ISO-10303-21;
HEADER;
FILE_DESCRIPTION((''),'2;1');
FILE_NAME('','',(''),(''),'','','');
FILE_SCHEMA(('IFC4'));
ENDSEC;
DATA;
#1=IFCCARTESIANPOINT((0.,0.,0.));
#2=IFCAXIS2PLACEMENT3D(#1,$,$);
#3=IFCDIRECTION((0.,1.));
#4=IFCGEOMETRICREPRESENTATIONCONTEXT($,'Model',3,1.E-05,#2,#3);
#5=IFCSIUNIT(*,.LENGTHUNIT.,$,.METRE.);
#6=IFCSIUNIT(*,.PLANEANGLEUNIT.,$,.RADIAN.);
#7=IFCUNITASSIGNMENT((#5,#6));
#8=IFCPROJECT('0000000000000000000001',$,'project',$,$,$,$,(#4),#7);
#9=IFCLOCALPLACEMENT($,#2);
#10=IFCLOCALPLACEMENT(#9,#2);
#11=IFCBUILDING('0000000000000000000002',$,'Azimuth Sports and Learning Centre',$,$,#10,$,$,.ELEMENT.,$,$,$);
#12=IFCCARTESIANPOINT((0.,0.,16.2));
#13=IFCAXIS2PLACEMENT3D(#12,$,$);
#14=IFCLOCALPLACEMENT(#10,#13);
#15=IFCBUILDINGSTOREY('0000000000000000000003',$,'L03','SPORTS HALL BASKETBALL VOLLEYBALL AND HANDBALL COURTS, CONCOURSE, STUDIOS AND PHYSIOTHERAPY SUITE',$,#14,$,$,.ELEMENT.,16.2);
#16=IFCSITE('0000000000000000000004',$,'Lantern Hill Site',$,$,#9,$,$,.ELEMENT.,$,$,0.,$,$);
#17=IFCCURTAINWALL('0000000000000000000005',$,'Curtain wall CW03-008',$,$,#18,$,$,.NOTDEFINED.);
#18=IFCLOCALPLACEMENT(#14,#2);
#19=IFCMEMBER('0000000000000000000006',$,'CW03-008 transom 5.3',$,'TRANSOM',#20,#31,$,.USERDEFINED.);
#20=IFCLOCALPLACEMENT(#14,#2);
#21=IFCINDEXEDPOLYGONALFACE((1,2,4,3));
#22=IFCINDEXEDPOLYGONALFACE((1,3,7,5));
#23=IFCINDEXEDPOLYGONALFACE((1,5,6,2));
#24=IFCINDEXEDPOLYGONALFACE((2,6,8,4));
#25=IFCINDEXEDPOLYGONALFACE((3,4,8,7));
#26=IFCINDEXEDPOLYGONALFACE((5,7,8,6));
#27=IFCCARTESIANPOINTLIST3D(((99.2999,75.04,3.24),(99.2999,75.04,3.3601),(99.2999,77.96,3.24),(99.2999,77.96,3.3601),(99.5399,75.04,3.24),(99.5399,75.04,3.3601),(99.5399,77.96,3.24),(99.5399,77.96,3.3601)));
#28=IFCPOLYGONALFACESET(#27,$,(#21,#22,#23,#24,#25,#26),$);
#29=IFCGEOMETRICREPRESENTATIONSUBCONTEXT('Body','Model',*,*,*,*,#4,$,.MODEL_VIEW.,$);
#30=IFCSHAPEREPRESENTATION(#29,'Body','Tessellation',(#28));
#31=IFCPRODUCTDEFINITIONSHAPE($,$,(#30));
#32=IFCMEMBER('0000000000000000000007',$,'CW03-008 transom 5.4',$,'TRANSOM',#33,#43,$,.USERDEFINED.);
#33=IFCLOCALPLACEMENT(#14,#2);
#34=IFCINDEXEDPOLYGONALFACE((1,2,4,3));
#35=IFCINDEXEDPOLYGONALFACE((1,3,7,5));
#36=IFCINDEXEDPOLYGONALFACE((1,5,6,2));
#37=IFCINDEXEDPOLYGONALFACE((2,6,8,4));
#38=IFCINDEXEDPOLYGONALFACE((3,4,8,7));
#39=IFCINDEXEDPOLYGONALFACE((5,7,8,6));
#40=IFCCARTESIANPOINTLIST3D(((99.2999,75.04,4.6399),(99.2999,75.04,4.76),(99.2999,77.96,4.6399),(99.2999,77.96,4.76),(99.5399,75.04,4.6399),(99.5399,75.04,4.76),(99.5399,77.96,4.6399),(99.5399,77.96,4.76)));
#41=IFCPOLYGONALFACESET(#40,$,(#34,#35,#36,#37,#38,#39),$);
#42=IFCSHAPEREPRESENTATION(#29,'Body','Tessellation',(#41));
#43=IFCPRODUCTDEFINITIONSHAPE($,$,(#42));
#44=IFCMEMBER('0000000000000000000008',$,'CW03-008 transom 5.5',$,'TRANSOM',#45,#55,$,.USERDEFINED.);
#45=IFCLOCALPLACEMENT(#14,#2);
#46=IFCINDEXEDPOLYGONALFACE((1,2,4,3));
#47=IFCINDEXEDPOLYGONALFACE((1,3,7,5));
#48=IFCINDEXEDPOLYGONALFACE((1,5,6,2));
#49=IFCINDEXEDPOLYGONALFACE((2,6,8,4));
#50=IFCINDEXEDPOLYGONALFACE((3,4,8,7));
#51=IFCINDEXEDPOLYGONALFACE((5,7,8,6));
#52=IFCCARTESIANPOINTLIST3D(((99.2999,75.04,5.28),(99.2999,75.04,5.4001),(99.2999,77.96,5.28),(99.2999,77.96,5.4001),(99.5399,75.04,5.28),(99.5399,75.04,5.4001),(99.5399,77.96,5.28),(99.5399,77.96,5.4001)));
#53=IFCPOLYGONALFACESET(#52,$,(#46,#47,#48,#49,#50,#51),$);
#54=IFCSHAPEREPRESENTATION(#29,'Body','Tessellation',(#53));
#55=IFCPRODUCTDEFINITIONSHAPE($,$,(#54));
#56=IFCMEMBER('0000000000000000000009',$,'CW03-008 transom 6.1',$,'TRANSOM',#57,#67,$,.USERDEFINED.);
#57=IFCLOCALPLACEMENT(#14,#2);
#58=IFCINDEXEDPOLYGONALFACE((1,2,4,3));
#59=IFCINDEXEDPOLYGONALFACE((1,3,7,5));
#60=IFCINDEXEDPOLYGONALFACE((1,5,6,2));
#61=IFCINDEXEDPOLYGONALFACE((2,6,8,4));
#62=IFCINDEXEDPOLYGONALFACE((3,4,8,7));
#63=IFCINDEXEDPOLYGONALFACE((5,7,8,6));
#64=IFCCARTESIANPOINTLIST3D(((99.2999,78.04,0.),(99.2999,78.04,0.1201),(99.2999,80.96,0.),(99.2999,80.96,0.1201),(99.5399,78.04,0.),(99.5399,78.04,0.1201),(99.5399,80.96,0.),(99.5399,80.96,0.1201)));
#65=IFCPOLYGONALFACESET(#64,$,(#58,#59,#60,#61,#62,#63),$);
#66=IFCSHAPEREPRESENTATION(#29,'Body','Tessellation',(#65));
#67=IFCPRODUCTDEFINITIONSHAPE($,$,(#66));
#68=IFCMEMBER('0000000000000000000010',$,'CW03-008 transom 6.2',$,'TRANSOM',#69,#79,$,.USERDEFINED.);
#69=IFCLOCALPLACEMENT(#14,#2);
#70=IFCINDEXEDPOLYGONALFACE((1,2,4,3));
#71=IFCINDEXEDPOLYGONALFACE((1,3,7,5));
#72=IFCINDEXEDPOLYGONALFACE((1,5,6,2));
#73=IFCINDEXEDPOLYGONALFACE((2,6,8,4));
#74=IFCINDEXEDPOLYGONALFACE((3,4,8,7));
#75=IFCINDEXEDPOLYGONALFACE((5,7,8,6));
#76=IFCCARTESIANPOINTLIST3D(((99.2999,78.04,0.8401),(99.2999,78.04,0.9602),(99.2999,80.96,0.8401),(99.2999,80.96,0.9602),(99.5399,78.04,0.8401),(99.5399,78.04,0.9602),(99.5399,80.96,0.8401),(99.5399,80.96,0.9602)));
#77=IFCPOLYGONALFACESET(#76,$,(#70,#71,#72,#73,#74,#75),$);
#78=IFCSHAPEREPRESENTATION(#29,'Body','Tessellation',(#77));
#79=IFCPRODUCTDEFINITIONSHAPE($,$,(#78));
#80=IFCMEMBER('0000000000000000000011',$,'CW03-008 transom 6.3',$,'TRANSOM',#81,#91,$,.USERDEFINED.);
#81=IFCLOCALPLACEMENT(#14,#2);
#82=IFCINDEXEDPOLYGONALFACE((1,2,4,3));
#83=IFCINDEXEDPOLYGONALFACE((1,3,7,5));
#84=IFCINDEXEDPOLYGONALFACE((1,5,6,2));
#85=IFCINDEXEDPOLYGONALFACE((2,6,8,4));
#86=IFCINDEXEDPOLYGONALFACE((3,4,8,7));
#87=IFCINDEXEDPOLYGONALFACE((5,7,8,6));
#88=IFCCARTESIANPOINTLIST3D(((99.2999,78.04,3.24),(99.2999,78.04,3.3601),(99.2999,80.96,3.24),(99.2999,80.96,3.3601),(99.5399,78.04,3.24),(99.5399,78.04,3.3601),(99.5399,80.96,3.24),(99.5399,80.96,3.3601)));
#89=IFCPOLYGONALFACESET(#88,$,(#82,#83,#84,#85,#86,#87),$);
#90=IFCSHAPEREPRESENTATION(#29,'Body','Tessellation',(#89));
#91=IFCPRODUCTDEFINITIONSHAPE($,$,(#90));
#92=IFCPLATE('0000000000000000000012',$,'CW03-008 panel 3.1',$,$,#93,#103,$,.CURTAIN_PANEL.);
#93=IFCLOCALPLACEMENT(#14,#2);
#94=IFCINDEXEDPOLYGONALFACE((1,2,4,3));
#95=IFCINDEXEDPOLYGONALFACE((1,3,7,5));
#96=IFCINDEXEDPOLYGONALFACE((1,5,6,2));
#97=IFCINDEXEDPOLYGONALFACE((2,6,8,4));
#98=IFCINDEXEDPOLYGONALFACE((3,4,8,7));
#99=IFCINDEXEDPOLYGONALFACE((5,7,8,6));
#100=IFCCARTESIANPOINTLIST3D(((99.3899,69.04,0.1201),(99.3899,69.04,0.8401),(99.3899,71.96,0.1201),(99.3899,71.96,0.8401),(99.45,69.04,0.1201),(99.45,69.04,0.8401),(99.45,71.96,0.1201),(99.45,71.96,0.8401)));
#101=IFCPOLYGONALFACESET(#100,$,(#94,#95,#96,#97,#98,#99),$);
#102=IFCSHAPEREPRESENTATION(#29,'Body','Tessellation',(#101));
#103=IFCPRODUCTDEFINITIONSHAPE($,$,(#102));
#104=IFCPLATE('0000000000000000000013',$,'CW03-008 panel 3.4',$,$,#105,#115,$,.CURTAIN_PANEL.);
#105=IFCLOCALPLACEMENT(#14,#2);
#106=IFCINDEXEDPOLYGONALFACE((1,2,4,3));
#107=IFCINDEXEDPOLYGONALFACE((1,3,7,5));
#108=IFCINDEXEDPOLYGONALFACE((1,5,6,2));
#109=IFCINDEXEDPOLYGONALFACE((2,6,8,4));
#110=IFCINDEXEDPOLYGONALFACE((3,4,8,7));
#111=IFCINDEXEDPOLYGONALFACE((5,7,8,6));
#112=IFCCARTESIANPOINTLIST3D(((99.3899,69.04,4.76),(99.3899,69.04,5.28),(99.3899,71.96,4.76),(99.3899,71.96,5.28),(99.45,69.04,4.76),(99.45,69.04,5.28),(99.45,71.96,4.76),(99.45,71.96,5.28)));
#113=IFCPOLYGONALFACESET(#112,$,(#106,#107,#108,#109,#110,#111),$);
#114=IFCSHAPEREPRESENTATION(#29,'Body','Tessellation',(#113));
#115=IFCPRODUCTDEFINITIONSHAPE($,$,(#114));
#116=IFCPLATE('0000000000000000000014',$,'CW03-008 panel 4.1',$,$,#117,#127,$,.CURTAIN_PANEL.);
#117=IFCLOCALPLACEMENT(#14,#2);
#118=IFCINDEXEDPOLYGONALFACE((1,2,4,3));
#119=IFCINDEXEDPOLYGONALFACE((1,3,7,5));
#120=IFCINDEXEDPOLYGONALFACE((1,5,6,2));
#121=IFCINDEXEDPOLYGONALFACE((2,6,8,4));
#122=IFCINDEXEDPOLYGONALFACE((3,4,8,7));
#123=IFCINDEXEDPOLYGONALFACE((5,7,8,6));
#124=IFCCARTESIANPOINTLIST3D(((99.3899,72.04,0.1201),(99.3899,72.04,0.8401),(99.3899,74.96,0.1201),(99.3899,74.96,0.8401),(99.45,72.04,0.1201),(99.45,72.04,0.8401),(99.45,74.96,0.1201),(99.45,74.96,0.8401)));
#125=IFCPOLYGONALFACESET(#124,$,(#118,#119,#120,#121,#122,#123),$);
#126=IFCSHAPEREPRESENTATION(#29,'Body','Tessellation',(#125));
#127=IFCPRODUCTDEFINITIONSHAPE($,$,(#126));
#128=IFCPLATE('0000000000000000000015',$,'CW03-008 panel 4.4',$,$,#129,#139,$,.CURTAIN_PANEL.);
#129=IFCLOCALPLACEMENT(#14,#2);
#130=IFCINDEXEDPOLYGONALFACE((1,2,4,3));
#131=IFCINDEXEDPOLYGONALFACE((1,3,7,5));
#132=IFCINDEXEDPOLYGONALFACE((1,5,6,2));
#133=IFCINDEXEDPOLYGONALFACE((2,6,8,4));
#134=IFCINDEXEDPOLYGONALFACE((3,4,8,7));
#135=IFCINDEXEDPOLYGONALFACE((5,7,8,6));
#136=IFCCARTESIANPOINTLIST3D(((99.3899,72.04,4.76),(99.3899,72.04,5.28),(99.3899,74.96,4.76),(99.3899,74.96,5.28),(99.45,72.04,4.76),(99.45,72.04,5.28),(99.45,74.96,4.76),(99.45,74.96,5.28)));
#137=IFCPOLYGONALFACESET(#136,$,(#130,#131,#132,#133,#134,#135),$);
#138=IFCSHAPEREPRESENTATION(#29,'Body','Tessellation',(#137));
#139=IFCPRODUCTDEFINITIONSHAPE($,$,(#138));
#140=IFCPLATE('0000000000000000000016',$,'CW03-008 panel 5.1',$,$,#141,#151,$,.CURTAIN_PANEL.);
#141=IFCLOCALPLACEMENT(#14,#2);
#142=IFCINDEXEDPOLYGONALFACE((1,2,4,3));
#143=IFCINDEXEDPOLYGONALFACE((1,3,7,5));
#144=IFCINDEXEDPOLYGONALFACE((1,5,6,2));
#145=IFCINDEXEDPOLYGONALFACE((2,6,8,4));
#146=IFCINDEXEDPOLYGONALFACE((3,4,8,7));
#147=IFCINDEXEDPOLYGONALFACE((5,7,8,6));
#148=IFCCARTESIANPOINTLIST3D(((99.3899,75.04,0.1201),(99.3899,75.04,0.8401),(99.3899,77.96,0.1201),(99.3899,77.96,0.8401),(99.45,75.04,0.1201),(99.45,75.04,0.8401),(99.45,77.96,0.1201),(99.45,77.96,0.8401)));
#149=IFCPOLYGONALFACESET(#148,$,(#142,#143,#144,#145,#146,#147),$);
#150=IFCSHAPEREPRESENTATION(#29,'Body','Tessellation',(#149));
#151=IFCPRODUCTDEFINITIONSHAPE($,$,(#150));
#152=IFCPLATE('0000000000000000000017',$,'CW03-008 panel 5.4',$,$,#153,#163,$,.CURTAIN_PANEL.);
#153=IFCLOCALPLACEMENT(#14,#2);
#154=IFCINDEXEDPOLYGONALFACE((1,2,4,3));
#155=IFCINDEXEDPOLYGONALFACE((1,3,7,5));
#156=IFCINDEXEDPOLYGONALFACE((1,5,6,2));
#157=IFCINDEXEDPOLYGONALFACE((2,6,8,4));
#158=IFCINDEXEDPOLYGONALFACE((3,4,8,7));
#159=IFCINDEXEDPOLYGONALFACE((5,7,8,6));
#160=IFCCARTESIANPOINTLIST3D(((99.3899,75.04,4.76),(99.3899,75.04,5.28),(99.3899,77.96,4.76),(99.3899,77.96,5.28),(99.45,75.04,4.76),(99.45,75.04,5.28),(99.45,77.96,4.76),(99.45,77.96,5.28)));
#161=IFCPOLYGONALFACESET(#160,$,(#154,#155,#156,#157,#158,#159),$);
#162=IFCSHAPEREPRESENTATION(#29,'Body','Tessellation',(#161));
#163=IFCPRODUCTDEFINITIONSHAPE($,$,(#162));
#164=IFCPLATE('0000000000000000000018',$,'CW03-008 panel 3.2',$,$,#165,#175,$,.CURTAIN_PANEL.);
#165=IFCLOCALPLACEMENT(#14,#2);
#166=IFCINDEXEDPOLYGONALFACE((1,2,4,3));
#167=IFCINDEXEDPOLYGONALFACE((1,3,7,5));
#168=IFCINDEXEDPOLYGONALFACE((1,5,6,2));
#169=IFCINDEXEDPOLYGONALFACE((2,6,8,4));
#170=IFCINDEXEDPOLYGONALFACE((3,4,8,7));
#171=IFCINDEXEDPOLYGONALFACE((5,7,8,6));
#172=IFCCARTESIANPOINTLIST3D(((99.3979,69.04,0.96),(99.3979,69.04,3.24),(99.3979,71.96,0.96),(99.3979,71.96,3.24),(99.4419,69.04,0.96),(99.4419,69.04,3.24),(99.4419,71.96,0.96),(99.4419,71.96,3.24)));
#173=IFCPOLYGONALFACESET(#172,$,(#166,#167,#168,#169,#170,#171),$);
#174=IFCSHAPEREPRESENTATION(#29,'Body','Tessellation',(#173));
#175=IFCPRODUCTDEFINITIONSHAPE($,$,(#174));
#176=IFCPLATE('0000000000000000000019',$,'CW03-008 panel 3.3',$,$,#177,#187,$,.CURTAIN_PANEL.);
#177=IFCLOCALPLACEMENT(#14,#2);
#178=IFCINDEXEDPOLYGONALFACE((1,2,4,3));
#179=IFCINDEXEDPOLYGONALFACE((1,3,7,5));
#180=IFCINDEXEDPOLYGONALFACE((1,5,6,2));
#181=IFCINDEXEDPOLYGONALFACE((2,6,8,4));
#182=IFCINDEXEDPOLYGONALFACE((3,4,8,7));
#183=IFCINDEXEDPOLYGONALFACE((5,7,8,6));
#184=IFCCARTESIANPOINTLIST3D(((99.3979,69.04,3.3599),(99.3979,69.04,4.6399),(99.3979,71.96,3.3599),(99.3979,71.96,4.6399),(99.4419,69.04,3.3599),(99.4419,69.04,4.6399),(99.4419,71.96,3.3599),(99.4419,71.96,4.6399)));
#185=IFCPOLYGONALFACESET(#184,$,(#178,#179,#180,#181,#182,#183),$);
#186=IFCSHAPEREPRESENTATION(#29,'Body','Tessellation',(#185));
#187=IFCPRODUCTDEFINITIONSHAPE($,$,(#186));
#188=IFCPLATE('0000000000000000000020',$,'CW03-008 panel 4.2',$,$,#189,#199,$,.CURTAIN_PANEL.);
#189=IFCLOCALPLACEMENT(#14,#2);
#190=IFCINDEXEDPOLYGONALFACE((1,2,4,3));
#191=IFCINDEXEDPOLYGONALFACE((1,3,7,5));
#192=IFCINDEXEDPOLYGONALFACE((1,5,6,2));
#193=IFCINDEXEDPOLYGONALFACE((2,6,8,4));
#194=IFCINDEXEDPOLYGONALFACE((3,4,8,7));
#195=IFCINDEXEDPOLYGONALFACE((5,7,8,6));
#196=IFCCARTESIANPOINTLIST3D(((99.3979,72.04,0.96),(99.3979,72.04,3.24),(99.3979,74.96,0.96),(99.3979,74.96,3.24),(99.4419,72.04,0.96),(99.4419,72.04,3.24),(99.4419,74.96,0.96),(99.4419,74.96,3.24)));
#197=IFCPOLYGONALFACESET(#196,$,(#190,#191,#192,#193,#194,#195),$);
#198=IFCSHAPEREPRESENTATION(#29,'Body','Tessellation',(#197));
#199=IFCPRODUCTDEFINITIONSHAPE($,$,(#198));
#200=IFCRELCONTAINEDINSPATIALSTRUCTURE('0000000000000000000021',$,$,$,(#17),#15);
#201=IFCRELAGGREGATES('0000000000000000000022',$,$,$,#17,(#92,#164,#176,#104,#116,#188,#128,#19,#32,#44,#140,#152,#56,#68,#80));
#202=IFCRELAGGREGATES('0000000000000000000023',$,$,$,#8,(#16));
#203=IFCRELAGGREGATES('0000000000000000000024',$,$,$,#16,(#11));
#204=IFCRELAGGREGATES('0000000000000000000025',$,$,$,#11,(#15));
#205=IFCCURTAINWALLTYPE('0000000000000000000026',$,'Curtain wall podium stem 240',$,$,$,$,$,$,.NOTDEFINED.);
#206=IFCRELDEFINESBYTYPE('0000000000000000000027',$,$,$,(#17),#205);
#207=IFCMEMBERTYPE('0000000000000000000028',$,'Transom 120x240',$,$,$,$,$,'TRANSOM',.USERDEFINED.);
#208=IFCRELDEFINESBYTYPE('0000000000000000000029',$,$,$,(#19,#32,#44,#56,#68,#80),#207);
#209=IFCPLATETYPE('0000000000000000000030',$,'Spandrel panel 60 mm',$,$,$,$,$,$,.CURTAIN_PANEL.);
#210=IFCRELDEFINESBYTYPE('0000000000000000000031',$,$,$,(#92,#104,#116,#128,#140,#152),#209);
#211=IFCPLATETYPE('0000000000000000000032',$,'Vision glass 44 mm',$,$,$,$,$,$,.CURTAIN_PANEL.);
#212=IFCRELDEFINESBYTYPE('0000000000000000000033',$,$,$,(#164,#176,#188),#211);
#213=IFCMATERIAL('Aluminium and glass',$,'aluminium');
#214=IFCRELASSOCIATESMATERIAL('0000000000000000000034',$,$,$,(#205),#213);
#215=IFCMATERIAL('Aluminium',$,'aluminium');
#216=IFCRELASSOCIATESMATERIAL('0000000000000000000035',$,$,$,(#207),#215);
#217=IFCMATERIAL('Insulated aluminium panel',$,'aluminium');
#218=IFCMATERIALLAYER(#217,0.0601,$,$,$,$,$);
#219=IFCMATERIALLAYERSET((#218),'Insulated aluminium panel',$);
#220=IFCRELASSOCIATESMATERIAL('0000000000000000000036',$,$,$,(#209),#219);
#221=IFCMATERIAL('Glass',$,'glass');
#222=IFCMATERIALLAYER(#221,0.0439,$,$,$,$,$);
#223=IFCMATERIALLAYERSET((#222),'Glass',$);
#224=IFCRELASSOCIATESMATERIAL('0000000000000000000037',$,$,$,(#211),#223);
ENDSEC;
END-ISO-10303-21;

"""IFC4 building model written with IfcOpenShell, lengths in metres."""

from ifc_helpers import new_model, si_unit, direction, frame, origin, origin_2d, place, context, subcontext, project, spatial, rectangle, extrude, material, layer, layer_set, material_profile, profile_set, type_object, element, aggregate, save


model = new_model("IFC4")

# Units and contexts
model_context = context("Model", 3, precision=1e-05, world=origin(), true_north=direction((0.0, 1.0)))
body_context = subcontext(model_context, "Body", "Model", "MODEL_VIEW")
ifc_project = project(units=[si_unit("LENGTHUNIT", "METRE"), si_unit("PLANEANGLEUNIT", "RADIAN")], contexts=[model_context])

# Site, building, storey
site_placement = place(None, origin())
site = spatial("IfcSite", under=ifc_project, at=site_placement, Name="Lantern Hill Site", CompositionType="ELEMENT", RefElevation=0.0)
building_placement = place(site_placement, origin())
building = spatial("IfcBuilding", under=site, at=building_placement, Name="Azimuth Sports and Learning Centre", CompositionType="ELEMENT")
storey_placement = place(building_placement, frame((0.0, 0.0, 16.2)))
storey = spatial("IfcBuildingStorey", under=building, at=storey_placement, Name="L03", Description="SPORTS HALL BASKETBALL VOLLEYBALL AND HANDBALL COURTS, CONCOURSE, STUDIOS AND PHYSIOTHERAPY SUITE", CompositionType="ELEMENT", Elevation=16.2)

# Curtain wall, members, plates
ifc_material_1 = material(Name="Aluminium and glass", Category="aluminium")
curtain_wall_type = type_object("IfcCurtainWallType", Name="Curtain wall podium stem 240", PredefinedType="NOTDEFINED", material=ifc_material_1)
curtain_wall_placement = place(storey_placement, origin())
curtain_wall = element("IfcCurtainWall", 1, at=curtain_wall_placement, inside=storey, type_object=curtain_wall_type, Name="Curtain wall CW03-008", PredefinedType="NOTDEFINED")
ifc_material_2 = material(Name="Aluminium", Category="aluminium")
ifc_material_profile_1 = material_profile(ifc_material_2, rectangle(XDim=0.24, YDim=0.1201, at=origin_2d()), Name="Transom 120x240")
ifc_profile_set_1 = profile_set([ifc_material_profile_1], Name="Aluminium")
member_type_1 = type_object("IfcMemberType", Name="Transom 120x240", ElementType="TRANSOM", PredefinedType="USERDEFINED", material=ifc_profile_set_1)
member_1_placement = place(storey_placement, frame((99.4199, 75.04, 3.3), z_axis=(0.0, 1.0, 0.0), x_axis=(-1.0, 0.0, 0.0)))
member_1 = element("IfcMember", 2, at=member_1_placement, type_object=member_type_1, Name="CW03-008 transom 5.3", ObjectType="TRANSOM", PredefinedType="USERDEFINED", context=body_context, shape_type="SweptSolid", body=[
    extrude(rectangle(XDim=0.24, YDim=0.1201, at=origin_2d()), origin(), (0.0, 0.0, 1.0), 2.9199),
])
member_2_placement = place(storey_placement, frame((99.4199, 75.04, 4.7), z_axis=(0.0, 1.0, 0.0), x_axis=(-1.0, 0.0, 0.0)))
member_2 = element("IfcMember", 3, at=member_2_placement, type_object=member_type_1, Name="CW03-008 transom 5.4", ObjectType="TRANSOM", PredefinedType="USERDEFINED", context=body_context, shape_type="SweptSolid", body=[
    extrude(rectangle(XDim=0.24, YDim=0.1201, at=origin_2d()), origin(), (0.0, 0.0, 1.0), 2.9199),
])
member_3_placement = place(storey_placement, frame((99.4199, 75.04, 5.3401), z_axis=(0.0, 1.0, 0.0), x_axis=(-1.0, 0.0, 0.0)))
member_3 = element("IfcMember", 4, at=member_3_placement, type_object=member_type_1, Name="CW03-008 transom 5.5", ObjectType="TRANSOM", PredefinedType="USERDEFINED", context=body_context, shape_type="SweptSolid", body=[
    extrude(rectangle(XDim=0.24, YDim=0.1201, at=origin_2d()), origin(), (0.0, 0.0, 1.0), 2.9199),
])
member_4_placement = place(storey_placement, frame((99.4199, 78.04, 0.0601), z_axis=(0.0, 1.0, 0.0), x_axis=(-1.0, 0.0, 0.0)))
member_4 = element("IfcMember", 5, at=member_4_placement, type_object=member_type_1, Name="CW03-008 transom 6.1", ObjectType="TRANSOM", PredefinedType="USERDEFINED", context=body_context, shape_type="SweptSolid", body=[
    extrude(rectangle(XDim=0.24, YDim=0.1201, at=origin_2d()), origin(), (0.0, 0.0, 1.0), 2.9199),
])
member_5_placement = place(storey_placement, frame((99.4199, 78.04, 0.9001), z_axis=(0.0, 1.0, 0.0), x_axis=(-1.0, 0.0, 0.0)))
member_5 = element("IfcMember", 6, at=member_5_placement, type_object=member_type_1, Name="CW03-008 transom 6.2", ObjectType="TRANSOM", PredefinedType="USERDEFINED", context=body_context, shape_type="SweptSolid", body=[
    extrude(rectangle(XDim=0.24, YDim=0.1201, at=origin_2d()), origin(), (0.0, 0.0, 1.0), 2.9199),
])
member_6_placement = place(storey_placement, frame((99.4199, 78.04, 3.3), z_axis=(0.0, 1.0, 0.0), x_axis=(-1.0, 0.0, 0.0)))
member_6 = element("IfcMember", 7, at=member_6_placement, type_object=member_type_1, Name="CW03-008 transom 6.3", ObjectType="TRANSOM", PredefinedType="USERDEFINED", context=body_context, shape_type="SweptSolid", body=[
    extrude(rectangle(XDim=0.24, YDim=0.1201, at=origin_2d()), origin(), (0.0, 0.0, 1.0), 2.9199),
])
ifc_material_3 = material(Name="Insulated aluminium panel", Category="aluminium")
ifc_layer_1 = layer(ifc_material_3, 0.0601)
ifc_layer_set_1 = layer_set([ifc_layer_1], Name="Insulated aluminium panel")
plate_type_1 = type_object("IfcPlateType", Name="Spandrel panel 60 mm", PredefinedType="CURTAIN_PANEL", material=ifc_layer_set_1)
plate_1_placement = place(storey_placement, frame((99.4199, 70.5, 0.1201), z_axis=(0.0, 0.0, 1.0), x_axis=(0.0, 1.0, 0.0)))
plate_1 = element("IfcPlate", 8, at=plate_1_placement, type_object=plate_type_1, Name="CW03-008 panel 3.1", PredefinedType="CURTAIN_PANEL", context=body_context, shape_type="SweptSolid", body=[
    extrude(rectangle(XDim=2.9199, YDim=0.0601, at=origin_2d()), origin(), (0.0, 0.0, 1.0), 0.72),
])
plate_2_placement = place(storey_placement, frame((99.4199, 70.5, 4.76), z_axis=(0.0, 0.0, 1.0), x_axis=(0.0, 1.0, 0.0)))
plate_2 = element("IfcPlate", 9, at=plate_2_placement, type_object=plate_type_1, Name="CW03-008 panel 3.4", PredefinedType="CURTAIN_PANEL", context=body_context, shape_type="SweptSolid", body=[
    extrude(rectangle(XDim=2.9199, YDim=0.0601, at=origin_2d()), origin(), (0.0, 0.0, 1.0), 0.52),
])
plate_3_placement = place(storey_placement, frame((99.4199, 73.5, 0.1201), z_axis=(0.0, 0.0, 1.0), x_axis=(0.0, 1.0, 0.0)))
plate_3 = element("IfcPlate", 10, at=plate_3_placement, type_object=plate_type_1, Name="CW03-008 panel 4.1", PredefinedType="CURTAIN_PANEL", context=body_context, shape_type="SweptSolid", body=[
    extrude(rectangle(XDim=2.9199, YDim=0.0601, at=origin_2d()), origin(), (0.0, 0.0, 1.0), 0.72),
])
plate_4_placement = place(storey_placement, frame((99.4199, 73.5, 4.76), z_axis=(0.0, 0.0, 1.0), x_axis=(0.0, 1.0, 0.0)))
plate_4 = element("IfcPlate", 11, at=plate_4_placement, type_object=plate_type_1, Name="CW03-008 panel 4.4", PredefinedType="CURTAIN_PANEL", context=body_context, shape_type="SweptSolid", body=[
    extrude(rectangle(XDim=2.9199, YDim=0.0601, at=origin_2d()), origin(), (0.0, 0.0, 1.0), 0.52),
])
plate_5_placement = place(storey_placement, frame((99.4199, 76.5, 0.1201), z_axis=(0.0, 0.0, 1.0), x_axis=(0.0, 1.0, 0.0)))
plate_5 = element("IfcPlate", 12, at=plate_5_placement, type_object=plate_type_1, Name="CW03-008 panel 5.1", PredefinedType="CURTAIN_PANEL", context=body_context, shape_type="SweptSolid", body=[
    extrude(rectangle(XDim=2.9199, YDim=0.0601, at=origin_2d()), origin(), (0.0, 0.0, 1.0), 0.72),
])
plate_6_placement = place(storey_placement, frame((99.4199, 76.5, 4.76), z_axis=(0.0, 0.0, 1.0), x_axis=(0.0, 1.0, 0.0)))
plate_6 = element("IfcPlate", 13, at=plate_6_placement, type_object=plate_type_1, Name="CW03-008 panel 5.4", PredefinedType="CURTAIN_PANEL", context=body_context, shape_type="SweptSolid", body=[
    extrude(rectangle(XDim=2.9199, YDim=0.0601, at=origin_2d()), origin(), (0.0, 0.0, 1.0), 0.52),
])
ifc_material_4 = material(Name="Glass", Category="glass")
ifc_layer_2 = layer(ifc_material_4, 0.0439)
ifc_layer_set_2 = layer_set([ifc_layer_2], Name="Glass")
plate_type_2 = type_object("IfcPlateType", Name="Vision glass 44 mm", PredefinedType="CURTAIN_PANEL", material=ifc_layer_set_2)
plate_7_placement = place(storey_placement, frame((99.4199, 70.5, 0.96), z_axis=(0.0, 0.0, 1.0), x_axis=(0.0, 1.0, 0.0)))
plate_7 = element("IfcPlate", 14, at=plate_7_placement, type_object=plate_type_2, Name="CW03-008 panel 3.2", PredefinedType="CURTAIN_PANEL", context=body_context, shape_type="SweptSolid", body=[
    extrude(rectangle(XDim=2.9199, YDim=0.0439, at=origin_2d()), origin(), (0.0, 0.0, 1.0), 2.28),
])
plate_8_placement = place(storey_placement, frame((99.4199, 70.5, 3.3599), z_axis=(0.0, 0.0, 1.0), x_axis=(0.0, 1.0, 0.0)))
plate_8 = element("IfcPlate", 15, at=plate_8_placement, type_object=plate_type_2, Name="CW03-008 panel 3.3", PredefinedType="CURTAIN_PANEL", context=body_context, shape_type="SweptSolid", body=[
    extrude(rectangle(XDim=2.9199, YDim=0.0439, at=origin_2d()), origin(), (0.0, 0.0, 1.0), 1.28),
])
plate_9_placement = place(storey_placement, frame((99.4199, 73.5, 0.96), z_axis=(0.0, 0.0, 1.0), x_axis=(0.0, 1.0, 0.0)))
plate_9 = element("IfcPlate", 16, at=plate_9_placement, type_object=plate_type_2, Name="CW03-008 panel 4.2", PredefinedType="CURTAIN_PANEL", context=body_context, shape_type="SweptSolid", body=[
    extrude(rectangle(XDim=2.9199, YDim=0.0439, at=origin_2d()), origin(), (0.0, 0.0, 1.0), 2.28),
])
aggregate(curtain_wall, [plate_1, plate_7, plate_8, plate_2, plate_3, plate_9, plate_4, member_1, member_2, member_3, plate_5, plate_6, member_4, member_5, member_6])

save(model, "model.ifc")
